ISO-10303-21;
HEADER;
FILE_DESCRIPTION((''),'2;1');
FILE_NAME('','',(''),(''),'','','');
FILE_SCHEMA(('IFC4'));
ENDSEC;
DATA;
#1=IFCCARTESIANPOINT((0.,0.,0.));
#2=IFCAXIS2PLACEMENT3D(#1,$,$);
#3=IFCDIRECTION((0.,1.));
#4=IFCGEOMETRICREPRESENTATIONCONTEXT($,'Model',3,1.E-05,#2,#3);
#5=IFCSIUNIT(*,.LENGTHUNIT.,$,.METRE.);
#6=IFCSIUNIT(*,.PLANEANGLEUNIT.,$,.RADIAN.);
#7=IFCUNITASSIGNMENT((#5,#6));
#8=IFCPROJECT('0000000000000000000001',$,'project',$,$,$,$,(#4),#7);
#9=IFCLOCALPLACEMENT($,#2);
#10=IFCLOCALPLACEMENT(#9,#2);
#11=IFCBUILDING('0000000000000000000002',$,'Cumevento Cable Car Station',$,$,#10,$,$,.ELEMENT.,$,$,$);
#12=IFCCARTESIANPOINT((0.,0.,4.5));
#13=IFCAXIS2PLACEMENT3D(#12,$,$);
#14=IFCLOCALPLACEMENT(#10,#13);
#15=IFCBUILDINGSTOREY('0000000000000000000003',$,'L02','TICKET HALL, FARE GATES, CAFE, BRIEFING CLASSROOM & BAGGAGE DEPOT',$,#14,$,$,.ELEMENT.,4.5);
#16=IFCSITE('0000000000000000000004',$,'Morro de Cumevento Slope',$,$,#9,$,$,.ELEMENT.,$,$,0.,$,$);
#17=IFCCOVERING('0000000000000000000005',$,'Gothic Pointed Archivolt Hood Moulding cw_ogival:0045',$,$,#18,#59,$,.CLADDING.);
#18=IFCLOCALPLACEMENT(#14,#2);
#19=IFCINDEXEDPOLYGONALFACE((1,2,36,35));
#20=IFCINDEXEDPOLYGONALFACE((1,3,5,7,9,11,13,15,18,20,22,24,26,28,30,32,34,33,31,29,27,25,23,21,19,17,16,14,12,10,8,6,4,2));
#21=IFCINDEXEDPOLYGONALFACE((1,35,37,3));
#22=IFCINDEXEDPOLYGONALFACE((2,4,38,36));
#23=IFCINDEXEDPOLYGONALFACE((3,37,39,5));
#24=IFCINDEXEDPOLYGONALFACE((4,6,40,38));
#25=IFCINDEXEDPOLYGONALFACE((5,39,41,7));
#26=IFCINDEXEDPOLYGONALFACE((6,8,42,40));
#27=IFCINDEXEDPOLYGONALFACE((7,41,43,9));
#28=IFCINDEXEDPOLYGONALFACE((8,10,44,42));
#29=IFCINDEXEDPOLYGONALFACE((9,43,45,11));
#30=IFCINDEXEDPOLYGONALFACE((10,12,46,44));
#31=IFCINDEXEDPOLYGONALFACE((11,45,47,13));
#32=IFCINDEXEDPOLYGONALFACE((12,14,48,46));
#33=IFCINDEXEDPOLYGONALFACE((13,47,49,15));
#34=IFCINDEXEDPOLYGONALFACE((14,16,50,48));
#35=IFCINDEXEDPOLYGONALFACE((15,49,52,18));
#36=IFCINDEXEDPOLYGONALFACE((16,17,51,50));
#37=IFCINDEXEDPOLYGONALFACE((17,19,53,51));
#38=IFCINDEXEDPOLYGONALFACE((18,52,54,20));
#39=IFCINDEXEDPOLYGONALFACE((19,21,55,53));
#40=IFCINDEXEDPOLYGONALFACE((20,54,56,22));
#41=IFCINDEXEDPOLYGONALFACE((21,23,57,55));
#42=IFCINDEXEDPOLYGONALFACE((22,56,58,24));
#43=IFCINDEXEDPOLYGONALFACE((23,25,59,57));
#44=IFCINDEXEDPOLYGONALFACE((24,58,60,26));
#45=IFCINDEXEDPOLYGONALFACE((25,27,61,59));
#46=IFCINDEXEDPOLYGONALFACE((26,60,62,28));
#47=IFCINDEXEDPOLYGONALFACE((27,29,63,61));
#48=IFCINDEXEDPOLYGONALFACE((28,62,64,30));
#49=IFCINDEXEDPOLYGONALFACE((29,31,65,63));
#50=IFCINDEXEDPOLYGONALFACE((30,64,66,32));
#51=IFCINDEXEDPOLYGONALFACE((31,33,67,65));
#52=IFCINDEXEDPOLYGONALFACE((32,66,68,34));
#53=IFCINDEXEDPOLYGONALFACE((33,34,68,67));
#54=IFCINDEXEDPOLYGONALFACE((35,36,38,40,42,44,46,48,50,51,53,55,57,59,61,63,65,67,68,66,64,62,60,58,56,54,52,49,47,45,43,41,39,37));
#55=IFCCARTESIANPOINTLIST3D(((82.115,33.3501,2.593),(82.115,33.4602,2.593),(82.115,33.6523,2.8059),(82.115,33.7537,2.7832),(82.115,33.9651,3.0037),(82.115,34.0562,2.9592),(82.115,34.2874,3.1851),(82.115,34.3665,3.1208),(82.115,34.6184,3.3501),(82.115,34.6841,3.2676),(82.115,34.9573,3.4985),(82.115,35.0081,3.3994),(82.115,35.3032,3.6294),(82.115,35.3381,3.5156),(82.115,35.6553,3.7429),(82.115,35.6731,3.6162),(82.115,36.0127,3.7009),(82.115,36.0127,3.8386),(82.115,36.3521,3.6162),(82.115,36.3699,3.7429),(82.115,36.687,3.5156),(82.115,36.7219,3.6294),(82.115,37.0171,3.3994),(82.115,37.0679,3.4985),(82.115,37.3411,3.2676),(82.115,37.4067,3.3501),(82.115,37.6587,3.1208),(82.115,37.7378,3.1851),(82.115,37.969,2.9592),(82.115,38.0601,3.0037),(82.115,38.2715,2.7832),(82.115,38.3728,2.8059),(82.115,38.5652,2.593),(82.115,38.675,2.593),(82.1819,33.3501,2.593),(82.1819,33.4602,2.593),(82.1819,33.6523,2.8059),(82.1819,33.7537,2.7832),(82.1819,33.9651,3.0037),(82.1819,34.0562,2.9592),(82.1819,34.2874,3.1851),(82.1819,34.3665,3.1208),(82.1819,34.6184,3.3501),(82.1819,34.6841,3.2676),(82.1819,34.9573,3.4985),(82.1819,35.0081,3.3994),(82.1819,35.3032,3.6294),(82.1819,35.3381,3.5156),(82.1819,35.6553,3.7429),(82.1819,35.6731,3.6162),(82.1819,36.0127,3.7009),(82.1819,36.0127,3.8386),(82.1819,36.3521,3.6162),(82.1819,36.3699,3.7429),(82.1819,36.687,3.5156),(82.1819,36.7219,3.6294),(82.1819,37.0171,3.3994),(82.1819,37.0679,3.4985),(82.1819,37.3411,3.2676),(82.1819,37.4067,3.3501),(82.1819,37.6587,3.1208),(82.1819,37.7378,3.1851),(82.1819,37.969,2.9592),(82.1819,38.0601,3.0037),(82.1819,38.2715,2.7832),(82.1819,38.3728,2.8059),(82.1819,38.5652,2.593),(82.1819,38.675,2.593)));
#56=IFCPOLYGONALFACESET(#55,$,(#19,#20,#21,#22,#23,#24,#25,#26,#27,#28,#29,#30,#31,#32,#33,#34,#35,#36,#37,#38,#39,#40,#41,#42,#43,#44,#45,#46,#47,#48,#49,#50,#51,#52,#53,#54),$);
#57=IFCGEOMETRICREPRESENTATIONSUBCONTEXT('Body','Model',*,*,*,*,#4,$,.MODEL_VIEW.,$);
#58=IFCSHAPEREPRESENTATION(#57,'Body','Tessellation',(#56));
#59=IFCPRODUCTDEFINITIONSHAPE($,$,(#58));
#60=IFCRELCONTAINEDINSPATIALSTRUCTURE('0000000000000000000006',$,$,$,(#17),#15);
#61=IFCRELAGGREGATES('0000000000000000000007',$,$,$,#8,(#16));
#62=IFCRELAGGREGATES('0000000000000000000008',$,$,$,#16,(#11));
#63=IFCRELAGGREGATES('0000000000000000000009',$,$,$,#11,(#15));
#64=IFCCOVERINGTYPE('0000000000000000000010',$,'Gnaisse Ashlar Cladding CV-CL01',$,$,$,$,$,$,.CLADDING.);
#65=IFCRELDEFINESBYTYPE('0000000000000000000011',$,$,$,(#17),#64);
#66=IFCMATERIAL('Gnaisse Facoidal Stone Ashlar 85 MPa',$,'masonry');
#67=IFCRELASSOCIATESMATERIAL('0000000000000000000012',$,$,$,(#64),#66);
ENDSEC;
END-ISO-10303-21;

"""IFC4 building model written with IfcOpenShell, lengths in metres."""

from ifc_helpers import new_model, si_unit, direction, frame, origin, place, context, subcontext, project, spatial, polyline, outline, extrude, material, type_object, element, save


model = new_model("IFC4")

# Units and contexts
model_context = context("Model", 3, precision=1e-05, world=origin(), true_north=direction((0.0, 1.0)))
body_context = subcontext(model_context, "Body", "Model", "MODEL_VIEW")
ifc_project = project(units=[si_unit("LENGTHUNIT", "METRE"), si_unit("PLANEANGLEUNIT", "RADIAN")], contexts=[model_context])

# Site, building, storey
site_placement = place(None, origin())
site = spatial("IfcSite", under=ifc_project, at=site_placement, Name="Morro de Cumevento Slope", CompositionType="ELEMENT", RefElevation=0.0)
building_placement = place(site_placement, origin())
building = spatial("IfcBuilding", under=site, at=building_placement, Name="Cumevento Cable Car Station", CompositionType="ELEMENT")
storey_placement = place(building_placement, frame((0.0, 0.0, 4.5)))
storey = spatial("IfcBuildingStorey", under=building, at=storey_placement, Name="L02", Description="TICKET HALL, FARE GATES, CAFE, BRIEFING CLASSROOM & BAGGAGE DEPOT", CompositionType="ELEMENT", Elevation=4.5)

# Covering
ifc_material_1 = material(Name="Gnaisse Facoidal Stone Ashlar 85 MPa", Category="masonry")
covering_type = type_object("IfcCoveringType", Name="Gnaisse Ashlar Cladding CV-CL01", PredefinedType="CLADDING", material=ifc_material_1)
covering_1_placement = place(storey_placement, frame((82.0, 38.7251, 2.593), z_axis=(0.0, 0.0, 1.0), x_axis=(0.0, -1.0, 0.0)))
element("IfcCovering", 1, at=covering_1_placement, inside=storey, type_object=covering_type, Name="Gothic Pointed Archivolt Hood Moulding cw_ogival:0045", PredefinedType="CLADDING", context=body_context, shape_type="SweptSolid", body=[
    extrude(outline(polyline([(0.1599, 0.0), (0.4536, 0.1902), (0.7561, 0.3662), (1.0664, 0.5278), (1.384, 0.6746), (1.708, 0.8064), (2.0381, 0.9226), (2.373, 1.0232), (2.7124, 1.1079), (3.052, 1.0232), (3.387, 0.9226), (3.717, 0.8064), (4.041, 0.6746), (4.3586, 0.5278), (4.6689, 0.3662), (4.9714, 0.1902), (5.2649, 0.0), (5.375, 0.0), (5.0728, 0.2129), (4.76, 0.4106), (4.4377, 0.592), (4.1067, 0.7571), (3.7678, 0.9055), (3.4219, 1.0364), (3.0698, 1.1499), (2.7124, 1.2456), (2.3552, 1.1499), (2.0032, 1.0364), (1.6572, 0.9055), (1.3184, 0.7571), (0.9873, 0.592), (0.665, 0.4106), (0.3523, 0.2129), (0.05, 0.0), (0.1599, 0.0)])), frame((0.0, 0.1819, 0.0), z_axis=(0.0, -1.0, 0.0), x_axis=(1.0, 0.0, 0.0)), (0.0, 0.0, 1.0), 0.0669),
])

save(model, "model.ifc")
